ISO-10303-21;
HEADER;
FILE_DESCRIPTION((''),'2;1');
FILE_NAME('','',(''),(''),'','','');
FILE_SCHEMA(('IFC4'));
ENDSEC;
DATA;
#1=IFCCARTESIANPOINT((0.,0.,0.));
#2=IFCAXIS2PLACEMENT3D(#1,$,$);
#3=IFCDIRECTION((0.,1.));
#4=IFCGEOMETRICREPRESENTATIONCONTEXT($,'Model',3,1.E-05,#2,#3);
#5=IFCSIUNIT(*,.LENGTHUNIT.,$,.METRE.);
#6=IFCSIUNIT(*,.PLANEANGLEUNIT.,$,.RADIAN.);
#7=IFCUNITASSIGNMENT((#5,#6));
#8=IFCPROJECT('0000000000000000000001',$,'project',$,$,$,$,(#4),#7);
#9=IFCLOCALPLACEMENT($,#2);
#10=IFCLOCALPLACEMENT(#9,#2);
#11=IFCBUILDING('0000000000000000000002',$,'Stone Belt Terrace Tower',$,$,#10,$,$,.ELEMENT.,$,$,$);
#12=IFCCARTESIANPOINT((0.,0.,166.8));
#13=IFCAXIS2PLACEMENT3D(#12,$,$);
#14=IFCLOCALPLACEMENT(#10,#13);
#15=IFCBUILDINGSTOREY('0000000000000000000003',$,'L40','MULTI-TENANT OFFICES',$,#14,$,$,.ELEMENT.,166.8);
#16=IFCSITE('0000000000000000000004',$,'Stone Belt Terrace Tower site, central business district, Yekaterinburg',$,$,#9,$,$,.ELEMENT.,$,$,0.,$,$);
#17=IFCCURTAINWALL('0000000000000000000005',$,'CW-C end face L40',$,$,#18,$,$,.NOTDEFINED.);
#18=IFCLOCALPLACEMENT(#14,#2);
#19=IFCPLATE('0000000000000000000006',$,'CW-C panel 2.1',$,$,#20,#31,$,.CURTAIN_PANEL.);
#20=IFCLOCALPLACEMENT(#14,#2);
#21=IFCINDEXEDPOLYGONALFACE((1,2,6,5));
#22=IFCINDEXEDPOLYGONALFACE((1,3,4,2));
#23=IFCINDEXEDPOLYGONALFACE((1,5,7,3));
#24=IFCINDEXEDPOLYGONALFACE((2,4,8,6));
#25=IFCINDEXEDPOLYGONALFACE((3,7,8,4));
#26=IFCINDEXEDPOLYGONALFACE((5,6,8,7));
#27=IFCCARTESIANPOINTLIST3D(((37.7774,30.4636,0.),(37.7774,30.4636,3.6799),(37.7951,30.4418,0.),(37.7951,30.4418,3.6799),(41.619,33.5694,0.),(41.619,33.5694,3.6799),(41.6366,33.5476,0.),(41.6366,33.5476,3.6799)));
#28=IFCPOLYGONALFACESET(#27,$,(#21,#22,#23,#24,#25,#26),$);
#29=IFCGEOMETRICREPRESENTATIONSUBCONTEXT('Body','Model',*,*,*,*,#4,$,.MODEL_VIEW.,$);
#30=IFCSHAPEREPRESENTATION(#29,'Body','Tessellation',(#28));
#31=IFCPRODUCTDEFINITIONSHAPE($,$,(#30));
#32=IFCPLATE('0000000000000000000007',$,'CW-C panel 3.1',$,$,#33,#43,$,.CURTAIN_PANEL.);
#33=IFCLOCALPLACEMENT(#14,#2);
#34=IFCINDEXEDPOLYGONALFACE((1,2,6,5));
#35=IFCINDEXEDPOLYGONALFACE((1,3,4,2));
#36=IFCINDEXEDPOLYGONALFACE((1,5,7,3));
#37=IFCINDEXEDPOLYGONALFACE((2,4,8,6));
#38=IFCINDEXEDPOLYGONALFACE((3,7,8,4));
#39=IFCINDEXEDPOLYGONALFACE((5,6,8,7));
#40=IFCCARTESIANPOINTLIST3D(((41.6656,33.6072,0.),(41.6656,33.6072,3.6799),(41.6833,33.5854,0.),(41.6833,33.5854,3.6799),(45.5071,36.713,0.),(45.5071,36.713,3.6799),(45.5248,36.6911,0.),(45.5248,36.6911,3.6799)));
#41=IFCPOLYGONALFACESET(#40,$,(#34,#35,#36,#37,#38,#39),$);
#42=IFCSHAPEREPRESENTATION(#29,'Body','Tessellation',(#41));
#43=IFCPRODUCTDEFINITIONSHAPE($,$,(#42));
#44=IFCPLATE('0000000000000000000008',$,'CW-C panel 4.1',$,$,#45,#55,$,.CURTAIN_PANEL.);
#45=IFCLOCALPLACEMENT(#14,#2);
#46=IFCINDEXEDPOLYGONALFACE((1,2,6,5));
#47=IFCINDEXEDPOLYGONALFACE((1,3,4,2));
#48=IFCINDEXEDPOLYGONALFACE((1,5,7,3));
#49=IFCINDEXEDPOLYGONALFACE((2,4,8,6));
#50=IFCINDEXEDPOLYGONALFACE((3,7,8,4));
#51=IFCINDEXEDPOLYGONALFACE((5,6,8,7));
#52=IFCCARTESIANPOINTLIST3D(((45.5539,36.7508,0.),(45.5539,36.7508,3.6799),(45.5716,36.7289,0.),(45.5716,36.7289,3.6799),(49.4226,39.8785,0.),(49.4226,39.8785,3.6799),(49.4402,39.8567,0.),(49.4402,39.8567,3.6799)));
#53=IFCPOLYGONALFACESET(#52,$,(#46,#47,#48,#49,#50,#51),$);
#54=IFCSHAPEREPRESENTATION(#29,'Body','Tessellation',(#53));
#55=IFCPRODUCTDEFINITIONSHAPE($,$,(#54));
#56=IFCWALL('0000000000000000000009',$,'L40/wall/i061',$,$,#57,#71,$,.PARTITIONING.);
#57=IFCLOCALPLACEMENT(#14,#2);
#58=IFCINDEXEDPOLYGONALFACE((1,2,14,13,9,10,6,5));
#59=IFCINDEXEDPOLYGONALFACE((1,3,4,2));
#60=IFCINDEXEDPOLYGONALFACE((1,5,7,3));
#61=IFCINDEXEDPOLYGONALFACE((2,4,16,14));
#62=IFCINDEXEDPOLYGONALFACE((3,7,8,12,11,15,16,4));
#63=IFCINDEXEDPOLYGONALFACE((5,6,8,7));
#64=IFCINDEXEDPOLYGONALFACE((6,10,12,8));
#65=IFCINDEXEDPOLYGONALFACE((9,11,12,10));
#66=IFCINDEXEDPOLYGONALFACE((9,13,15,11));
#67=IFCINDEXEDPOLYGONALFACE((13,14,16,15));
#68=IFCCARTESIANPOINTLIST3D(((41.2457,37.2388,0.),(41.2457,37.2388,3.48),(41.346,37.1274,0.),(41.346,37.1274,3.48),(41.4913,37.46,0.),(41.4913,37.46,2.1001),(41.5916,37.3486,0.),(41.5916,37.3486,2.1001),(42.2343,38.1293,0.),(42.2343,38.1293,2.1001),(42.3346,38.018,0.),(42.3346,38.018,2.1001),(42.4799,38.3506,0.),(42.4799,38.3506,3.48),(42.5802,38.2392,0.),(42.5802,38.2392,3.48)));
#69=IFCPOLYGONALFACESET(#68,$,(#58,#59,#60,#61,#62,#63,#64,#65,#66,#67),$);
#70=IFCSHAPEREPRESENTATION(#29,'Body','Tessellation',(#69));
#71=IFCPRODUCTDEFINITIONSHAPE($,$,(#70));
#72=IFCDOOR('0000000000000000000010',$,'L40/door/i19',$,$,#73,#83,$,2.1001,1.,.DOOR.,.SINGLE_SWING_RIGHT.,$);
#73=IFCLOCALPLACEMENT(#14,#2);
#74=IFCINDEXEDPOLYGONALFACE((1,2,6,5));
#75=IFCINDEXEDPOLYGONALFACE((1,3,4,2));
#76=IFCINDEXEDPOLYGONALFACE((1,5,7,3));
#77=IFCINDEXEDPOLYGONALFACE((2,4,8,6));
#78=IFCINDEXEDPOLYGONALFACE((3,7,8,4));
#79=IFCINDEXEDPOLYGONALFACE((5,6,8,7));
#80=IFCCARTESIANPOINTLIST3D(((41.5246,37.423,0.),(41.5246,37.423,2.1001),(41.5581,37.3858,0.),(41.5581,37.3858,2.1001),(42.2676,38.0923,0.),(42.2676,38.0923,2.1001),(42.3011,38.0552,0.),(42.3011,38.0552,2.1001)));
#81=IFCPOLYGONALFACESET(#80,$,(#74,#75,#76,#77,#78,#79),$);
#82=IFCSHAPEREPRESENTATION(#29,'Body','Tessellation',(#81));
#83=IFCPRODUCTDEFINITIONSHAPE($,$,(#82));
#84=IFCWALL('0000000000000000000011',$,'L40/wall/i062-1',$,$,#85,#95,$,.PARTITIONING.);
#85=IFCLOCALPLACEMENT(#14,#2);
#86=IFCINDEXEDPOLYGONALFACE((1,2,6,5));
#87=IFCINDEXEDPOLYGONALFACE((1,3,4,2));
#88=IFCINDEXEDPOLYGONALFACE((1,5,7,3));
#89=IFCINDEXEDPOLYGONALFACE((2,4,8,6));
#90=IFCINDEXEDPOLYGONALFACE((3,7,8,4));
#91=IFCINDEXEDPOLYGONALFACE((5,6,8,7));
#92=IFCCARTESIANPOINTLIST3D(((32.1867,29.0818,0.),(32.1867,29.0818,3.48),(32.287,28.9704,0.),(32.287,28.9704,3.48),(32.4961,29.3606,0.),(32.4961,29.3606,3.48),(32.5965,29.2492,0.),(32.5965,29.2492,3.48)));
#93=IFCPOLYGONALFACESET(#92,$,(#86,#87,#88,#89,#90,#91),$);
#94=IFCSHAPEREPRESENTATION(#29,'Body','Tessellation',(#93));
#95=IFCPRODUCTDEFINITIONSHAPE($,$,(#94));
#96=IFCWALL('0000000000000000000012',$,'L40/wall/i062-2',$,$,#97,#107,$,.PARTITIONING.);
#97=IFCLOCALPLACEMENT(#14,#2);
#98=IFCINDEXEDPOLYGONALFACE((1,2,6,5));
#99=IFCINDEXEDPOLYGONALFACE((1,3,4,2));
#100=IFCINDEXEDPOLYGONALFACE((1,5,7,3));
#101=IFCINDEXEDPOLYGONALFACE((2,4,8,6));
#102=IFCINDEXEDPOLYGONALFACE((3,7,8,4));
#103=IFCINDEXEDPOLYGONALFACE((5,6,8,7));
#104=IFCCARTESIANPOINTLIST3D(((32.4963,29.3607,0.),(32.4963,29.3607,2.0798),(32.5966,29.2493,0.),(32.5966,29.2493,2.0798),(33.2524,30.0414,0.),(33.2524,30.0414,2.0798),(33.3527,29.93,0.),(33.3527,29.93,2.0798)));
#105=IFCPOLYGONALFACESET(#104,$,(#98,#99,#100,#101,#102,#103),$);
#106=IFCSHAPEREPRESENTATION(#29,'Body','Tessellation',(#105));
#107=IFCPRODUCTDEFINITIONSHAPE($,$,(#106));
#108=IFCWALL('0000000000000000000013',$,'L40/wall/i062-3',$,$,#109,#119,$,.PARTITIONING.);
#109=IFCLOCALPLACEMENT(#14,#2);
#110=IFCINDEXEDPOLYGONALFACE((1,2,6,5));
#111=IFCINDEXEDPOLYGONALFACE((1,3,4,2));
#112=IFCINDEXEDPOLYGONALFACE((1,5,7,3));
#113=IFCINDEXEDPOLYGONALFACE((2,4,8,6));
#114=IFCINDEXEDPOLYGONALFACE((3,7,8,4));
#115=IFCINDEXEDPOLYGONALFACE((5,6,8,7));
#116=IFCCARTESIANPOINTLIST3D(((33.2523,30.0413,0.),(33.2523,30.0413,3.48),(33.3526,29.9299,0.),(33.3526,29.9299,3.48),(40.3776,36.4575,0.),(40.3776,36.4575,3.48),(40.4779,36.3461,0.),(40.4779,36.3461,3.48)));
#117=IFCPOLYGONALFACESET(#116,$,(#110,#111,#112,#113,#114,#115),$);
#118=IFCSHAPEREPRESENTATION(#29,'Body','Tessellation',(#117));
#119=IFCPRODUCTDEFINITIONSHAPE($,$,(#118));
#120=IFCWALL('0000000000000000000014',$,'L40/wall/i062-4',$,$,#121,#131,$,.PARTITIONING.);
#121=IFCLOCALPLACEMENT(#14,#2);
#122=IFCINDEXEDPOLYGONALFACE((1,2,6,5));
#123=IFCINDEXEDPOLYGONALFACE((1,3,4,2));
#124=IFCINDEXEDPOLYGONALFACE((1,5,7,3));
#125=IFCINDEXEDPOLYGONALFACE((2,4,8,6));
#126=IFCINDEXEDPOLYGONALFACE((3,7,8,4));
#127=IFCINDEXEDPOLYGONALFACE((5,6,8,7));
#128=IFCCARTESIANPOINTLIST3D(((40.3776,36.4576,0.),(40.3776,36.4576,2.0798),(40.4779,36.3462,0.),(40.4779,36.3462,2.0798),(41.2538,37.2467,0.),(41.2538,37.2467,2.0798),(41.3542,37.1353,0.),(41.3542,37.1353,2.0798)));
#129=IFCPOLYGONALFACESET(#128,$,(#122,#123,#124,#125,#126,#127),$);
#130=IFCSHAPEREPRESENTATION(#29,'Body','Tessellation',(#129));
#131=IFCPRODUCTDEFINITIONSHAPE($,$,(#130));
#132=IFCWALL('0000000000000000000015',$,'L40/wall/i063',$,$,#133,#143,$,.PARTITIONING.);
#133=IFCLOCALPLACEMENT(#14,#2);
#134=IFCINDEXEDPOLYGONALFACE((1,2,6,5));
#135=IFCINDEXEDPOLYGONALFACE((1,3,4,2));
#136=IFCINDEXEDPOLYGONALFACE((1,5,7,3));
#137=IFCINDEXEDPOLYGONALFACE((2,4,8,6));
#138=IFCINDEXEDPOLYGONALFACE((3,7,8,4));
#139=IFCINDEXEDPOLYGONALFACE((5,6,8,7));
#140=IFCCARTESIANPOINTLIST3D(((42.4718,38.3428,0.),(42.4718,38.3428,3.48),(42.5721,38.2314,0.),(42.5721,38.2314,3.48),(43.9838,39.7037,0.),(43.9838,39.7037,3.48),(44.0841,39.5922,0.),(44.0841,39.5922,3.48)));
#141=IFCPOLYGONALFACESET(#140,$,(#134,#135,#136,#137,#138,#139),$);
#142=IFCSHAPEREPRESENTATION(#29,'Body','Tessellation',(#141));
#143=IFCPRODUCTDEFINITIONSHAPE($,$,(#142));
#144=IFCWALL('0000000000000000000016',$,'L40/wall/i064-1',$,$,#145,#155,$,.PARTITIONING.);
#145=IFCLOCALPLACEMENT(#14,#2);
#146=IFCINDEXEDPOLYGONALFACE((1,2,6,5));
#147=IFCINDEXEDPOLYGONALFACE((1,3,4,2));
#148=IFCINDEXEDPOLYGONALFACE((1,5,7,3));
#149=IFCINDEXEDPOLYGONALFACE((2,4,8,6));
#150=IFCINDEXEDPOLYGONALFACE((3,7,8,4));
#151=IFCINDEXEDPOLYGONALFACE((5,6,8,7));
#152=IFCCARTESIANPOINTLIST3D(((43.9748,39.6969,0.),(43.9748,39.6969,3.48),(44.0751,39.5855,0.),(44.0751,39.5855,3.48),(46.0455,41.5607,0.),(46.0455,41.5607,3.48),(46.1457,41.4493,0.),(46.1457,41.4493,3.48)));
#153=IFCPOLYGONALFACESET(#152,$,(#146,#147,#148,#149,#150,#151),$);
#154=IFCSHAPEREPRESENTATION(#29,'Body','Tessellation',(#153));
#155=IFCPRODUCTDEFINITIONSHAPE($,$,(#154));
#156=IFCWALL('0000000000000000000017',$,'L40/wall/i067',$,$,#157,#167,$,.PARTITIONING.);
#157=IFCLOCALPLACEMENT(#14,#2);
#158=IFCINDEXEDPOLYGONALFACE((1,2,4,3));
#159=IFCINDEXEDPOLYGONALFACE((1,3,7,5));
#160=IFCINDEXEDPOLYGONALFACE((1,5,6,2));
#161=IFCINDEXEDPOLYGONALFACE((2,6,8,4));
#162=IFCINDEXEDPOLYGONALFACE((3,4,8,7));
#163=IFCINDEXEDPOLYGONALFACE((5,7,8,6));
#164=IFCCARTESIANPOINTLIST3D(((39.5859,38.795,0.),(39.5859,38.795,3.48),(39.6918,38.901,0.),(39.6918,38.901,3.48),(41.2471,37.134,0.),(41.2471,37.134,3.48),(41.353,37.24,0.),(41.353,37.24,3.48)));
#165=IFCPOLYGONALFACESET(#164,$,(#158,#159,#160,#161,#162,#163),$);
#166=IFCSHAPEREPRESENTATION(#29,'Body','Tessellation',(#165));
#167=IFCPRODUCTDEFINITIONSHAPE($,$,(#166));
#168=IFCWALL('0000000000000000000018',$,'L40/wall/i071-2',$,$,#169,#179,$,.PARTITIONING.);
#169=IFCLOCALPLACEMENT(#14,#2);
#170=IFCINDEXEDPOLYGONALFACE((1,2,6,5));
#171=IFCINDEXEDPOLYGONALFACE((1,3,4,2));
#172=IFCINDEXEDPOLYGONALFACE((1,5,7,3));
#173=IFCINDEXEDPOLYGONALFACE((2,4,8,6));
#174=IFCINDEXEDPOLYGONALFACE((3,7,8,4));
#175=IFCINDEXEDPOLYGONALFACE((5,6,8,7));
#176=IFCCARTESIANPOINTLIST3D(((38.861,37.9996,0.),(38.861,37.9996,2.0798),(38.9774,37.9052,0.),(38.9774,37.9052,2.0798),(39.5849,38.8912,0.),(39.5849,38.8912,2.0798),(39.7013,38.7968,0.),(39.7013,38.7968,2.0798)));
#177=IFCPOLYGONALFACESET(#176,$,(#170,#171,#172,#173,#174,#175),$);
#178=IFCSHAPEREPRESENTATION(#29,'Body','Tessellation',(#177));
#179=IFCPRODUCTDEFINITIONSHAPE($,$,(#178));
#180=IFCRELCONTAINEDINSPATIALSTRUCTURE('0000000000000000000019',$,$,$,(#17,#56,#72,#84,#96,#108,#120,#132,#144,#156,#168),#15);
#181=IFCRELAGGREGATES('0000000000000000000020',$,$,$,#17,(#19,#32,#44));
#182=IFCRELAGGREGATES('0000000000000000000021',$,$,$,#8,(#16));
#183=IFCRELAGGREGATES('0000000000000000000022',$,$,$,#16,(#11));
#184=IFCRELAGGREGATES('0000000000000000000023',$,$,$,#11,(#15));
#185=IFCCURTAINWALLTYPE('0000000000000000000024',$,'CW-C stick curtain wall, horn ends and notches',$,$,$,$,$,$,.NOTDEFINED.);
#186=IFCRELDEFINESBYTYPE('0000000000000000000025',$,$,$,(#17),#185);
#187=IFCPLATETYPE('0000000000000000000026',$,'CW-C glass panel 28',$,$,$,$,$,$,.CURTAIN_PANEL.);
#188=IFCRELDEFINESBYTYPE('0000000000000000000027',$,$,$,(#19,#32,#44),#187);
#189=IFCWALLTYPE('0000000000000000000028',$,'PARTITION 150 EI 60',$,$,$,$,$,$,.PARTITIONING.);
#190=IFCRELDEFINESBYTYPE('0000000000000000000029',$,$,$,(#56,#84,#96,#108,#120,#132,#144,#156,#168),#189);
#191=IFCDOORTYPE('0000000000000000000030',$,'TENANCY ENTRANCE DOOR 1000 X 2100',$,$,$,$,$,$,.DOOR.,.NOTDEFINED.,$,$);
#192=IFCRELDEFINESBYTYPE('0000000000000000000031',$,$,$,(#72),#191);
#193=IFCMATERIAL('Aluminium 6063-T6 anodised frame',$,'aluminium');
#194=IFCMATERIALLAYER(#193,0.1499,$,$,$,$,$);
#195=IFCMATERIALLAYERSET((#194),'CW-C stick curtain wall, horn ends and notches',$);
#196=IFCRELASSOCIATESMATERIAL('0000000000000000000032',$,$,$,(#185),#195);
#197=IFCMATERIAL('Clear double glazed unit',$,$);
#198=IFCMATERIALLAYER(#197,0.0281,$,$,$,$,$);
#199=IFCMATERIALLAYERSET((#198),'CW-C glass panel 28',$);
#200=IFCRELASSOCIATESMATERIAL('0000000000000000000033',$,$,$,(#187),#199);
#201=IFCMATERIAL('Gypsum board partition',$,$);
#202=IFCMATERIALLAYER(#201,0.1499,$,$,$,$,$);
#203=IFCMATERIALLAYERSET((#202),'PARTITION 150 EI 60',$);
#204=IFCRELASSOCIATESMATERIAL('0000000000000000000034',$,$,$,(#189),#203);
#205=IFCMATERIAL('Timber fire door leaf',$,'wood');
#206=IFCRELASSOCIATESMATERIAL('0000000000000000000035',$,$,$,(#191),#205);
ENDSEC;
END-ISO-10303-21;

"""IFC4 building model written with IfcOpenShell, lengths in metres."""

from ifc_helpers import new_model, si_unit, direction, frame, frame_2d, origin, origin_2d, place, context, subcontext, project, spatial, rectangle, extrude, material, layer, layer_set, type_object, element, fill, aggregate, save


model = new_model("IFC4")

# Units and contexts
model_context = context("Model", 3, precision=1e-05, world=origin(), true_north=direction((0.0, 1.0)))
body_context = subcontext(model_context, "Body", "Model", "MODEL_VIEW")
ifc_project = project(units=[si_unit("LENGTHUNIT", "METRE"), si_unit("PLANEANGLEUNIT", "RADIAN")], contexts=[model_context])

# Site, building, storey
site_placement = place(None, origin())
site = spatial("IfcSite", under=ifc_project, at=site_placement, Name="Stone Belt Terrace Tower site, central business district, Yekaterinburg", CompositionType="ELEMENT", RefElevation=0.0)
building_placement = place(site_placement, origin())
building = spatial("IfcBuilding", under=site, at=building_placement, Name="Stone Belt Terrace Tower", CompositionType="ELEMENT")
storey_placement = place(building_placement, frame((0.0, 0.0, 166.8)))
storey = spatial("IfcBuildingStorey", under=building, at=storey_placement, Name="L40", Description="MULTI-TENANT OFFICES", CompositionType="ELEMENT", Elevation=166.8)

# Curtain wall
ifc_material_1 = material(Name="Aluminium 6063-T6 anodised frame", Category="aluminium")
ifc_layer_1 = layer(ifc_material_1, 0.1499)
ifc_layer_set_1 = layer_set([ifc_layer_1], Name="CW-C stick curtain wall, horn ends and notches")
curtain_wall_type = type_object("IfcCurtainWallType", Name="CW-C stick curtain wall, horn ends and notches", PredefinedType="NOTDEFINED", material=ifc_layer_set_1)
curtain_wall_placement = place(storey_placement, origin())
curtain_wall = element("IfcCurtainWall", 1, at=curtain_wall_placement, inside=storey, type_object=curtain_wall_type, Name="CW-C end face L40", PredefinedType="NOTDEFINED")

# Plates
ifc_material_2 = material(Name="Clear double glazed unit")
ifc_layer_2 = layer(ifc_material_2, 0.0281)
ifc_layer_set_2 = layer_set([ifc_layer_2], Name="CW-C glass panel 28")
plate_type = type_object("IfcPlateType", Name="CW-C glass panel 28", PredefinedType="CURTAIN_PANEL", material=ifc_layer_set_2)
plate_1_placement = place(storey_placement, frame((39.707, 32.0056, 0.0), z_axis=(0.0, 0.0, 1.0), x_axis=(0.777644, 0.628705, 0.0)))
plate_1 = element("IfcPlate", 2, at=plate_1_placement, type_object=plate_type, Name="CW-C panel 2.1", PredefinedType="CURTAIN_PANEL", context=body_context, shape_type="SweptSolid", body=[
    extrude(rectangle(XDim=4.9399, YDim=0.0281, at=origin_2d()), origin(), (0.0, 0.0, 1.0), 3.6799),
])
plate_2_placement = place(storey_placement, frame((43.5952, 35.1492, 0.0), z_axis=(0.0, 0.0, 1.0), x_axis=(0.777644, 0.628705, 0.0)))
plate_2 = element("IfcPlate", 3, at=plate_2_placement, type_object=plate_type, Name="CW-C panel 3.1", PredefinedType="CURTAIN_PANEL", context=body_context, shape_type="SweptSolid", body=[
    extrude(rectangle(XDim=4.9399, YDim=0.0281, at=origin_2d()), origin(), (0.0, 0.0, 1.0), 3.6799),
])
plate_3_placement = place(storey_placement, frame((47.4971, 38.3037, 0.0), z_axis=(0.0, 0.0, 1.0), x_axis=(0.777644, 0.628705, 0.0)))
plate_3 = element("IfcPlate", 4, at=plate_3_placement, type_object=plate_type, Name="CW-C panel 4.1", PredefinedType="CURTAIN_PANEL", context=body_context, shape_type="SweptSolid", body=[
    extrude(rectangle(XDim=4.9749, YDim=0.0281, at=origin_2d()), origin(), (0.0, 0.0, 1.0), 3.6799),
])
aggregate(curtain_wall, [plate_1, plate_2, plate_3])

# Wall, opening, door
ifc_material_3 = material(Name="Gypsum board partition")
ifc_layer_3 = layer(ifc_material_3, 0.1499)
ifc_layer_set_3 = layer_set([ifc_layer_3], Name="PARTITION 150 EI 60")
wall_type_1 = type_object("IfcWallType", Name="PARTITION 150 EI 60", PredefinedType="PARTITIONING", material=ifc_layer_set_3)
wall_1_placement = place(storey_placement, frame((42.53, 38.2949, 0.0), z_axis=(0.0, 0.0, 1.0), x_axis=(-0.742965, -0.66933, 0.0)))
wall_1 = element("IfcWall", 5, at=wall_1_placement, inside=storey, type_object=wall_type_1, Name="L40/wall/i061", PredefinedType="PARTITIONING", context=body_context, shape_type="SweptSolid", body=[
    extrude(rectangle(XDim=1.6611, YDim=0.1499, at=frame_2d((0.8306, 0.0))), origin(), (0.0, 0.0, 1.0), 3.48),
])
opening_1_placement = place(wall_1_placement, frame((0.3306, 0.0, 0.0)))
opening_1 = element("IfcOpeningElement", 6, at=opening_1_placement, cuts=wall_1, PredefinedType="OPENING", context=body_context, shape_type="SweptSolid", body=[
    extrude(rectangle(XDim=1.0, YDim=2.1001, at=frame_2d((0.5, 1.05))), frame((0.0, 0.085, 0.0), z_axis=(0.0, -1.0, 0.0), x_axis=(1.0, 0.0, 0.0)), (0.0, 0.0, 1.0), 0.1699),
])
ifc_material_4 = material(Name="Timber fire door leaf", Category="wood")
door_type_1 = type_object("IfcDoorType", Name="TENANCY ENTRANCE DOOR 1000 X 2100", OperationType="NOTDEFINED", PredefinedType="DOOR", material=ifc_material_4)
door_1_placement = place(opening_1_placement, origin())
door_1 = element("IfcDoor", 7, at=door_1_placement, inside=storey, type_object=door_type_1, Name="L40/door/i19", OperationType="SINGLE_SWING_RIGHT", OverallHeight=2.1001, OverallWidth=1.0, PredefinedType="DOOR", context=body_context, shape_type="SweptSolid", body=[
    extrude(rectangle(XDim=1.0, YDim=2.1001, at=frame_2d((0.5, 1.05))), frame((0.0, 0.0249, 0.0), z_axis=(0.0, -1.0, 0.0), x_axis=(1.0, 0.0, 0.0)), (0.0, 0.0, 1.0), 0.05),
])
fill(opening_1, door_1)

# Walls
wall_2_placement = place(storey_placement, frame((32.2368, 29.0261, 0.0), z_axis=(0.0, 0.0, 1.0), x_axis=(0.743061, 0.669224, 0.0)))
element("IfcWall", 8, at=wall_2_placement, inside=storey, type_object=wall_type_1, Name="L40/wall/i062-1", PredefinedType="PARTITIONING", context=body_context, shape_type="SweptSolid", body=[
    extrude(rectangle(XDim=0.4165, YDim=0.1499, at=frame_2d((0.2083, 0.0))), origin(), (0.0, 0.0, 1.0), 3.48),
])
wall_3_placement = place(storey_placement, frame((32.5464, 29.3049, 0.0), z_axis=(0.0, 0.0, 1.0), x_axis=(0.743211, 0.669058, 0.0)))
element("IfcWall", 9, at=wall_3_placement, inside=storey, type_object=wall_type_1, Name="L40/wall/i062-2", PredefinedType="PARTITIONING", context=body_context, shape_type="SweptSolid", body=[
    extrude(rectangle(XDim=1.0173, YDim=0.1499, at=frame_2d((0.5088, 0.0))), origin(), (0.0, 0.0, 1.0), 2.0798),
])
wall_4_placement = place(storey_placement, frame((33.3025, 29.9856, 0.0), z_axis=(0.0, 0.0, 1.0), x_axis=(0.743111, 0.669169, 0.0)))
element("IfcWall", 10, at=wall_4_placement, inside=storey, type_object=wall_type_1, Name="L40/wall/i062-3", PredefinedType="PARTITIONING", context=body_context, shape_type="SweptSolid", body=[
    extrude(rectangle(XDim=9.5884, YDim=0.1499, at=frame_2d((4.7942, 0.0))), origin(), (0.0, 0.0, 1.0), 3.48),
])
wall_5_placement = place(storey_placement, frame((40.4277, 36.4019, 0.0), z_axis=(0.0, 0.0, 1.0), x_axis=(0.743099, 0.669182, 0.0)))
element("IfcWall", 11, at=wall_5_placement, inside=storey, type_object=wall_type_1, Name="L40/wall/i062-4", PredefinedType="PARTITIONING", context=body_context, shape_type="SweptSolid", body=[
    extrude(rectangle(XDim=1.1792, YDim=0.1499, at=frame_2d((0.5896, 0.0))), origin(), (0.0, 0.0, 1.0), 2.0798),
])
wall_6_placement = place(storey_placement, frame((42.522, 38.2871, 0.0), z_axis=(0.0, 0.0, 1.0), x_axis=(0.743276, 0.668985, 0.0)))
element("IfcWall", 12, at=wall_6_placement, inside=storey, type_object=wall_type_1, Name="L40/wall/i063", PredefinedType="PARTITIONING", context=body_context, shape_type="SweptSolid", body=[
    extrude(rectangle(XDim=2.0342, YDim=0.1499, at=frame_2d((1.0171, 0.0))), origin(), (0.0, 0.0, 1.0), 3.48),
])
wall_7_placement = place(storey_placement, frame((44.0249, 39.6411, 0.0), z_axis=(0.0, 0.0, 1.0), x_axis=(0.743246, 0.669018, 0.0)))
element("IfcWall", 13, at=wall_7_placement, inside=storey, type_object=wall_type_1, Name="L40/wall/i064-1", PredefinedType="PARTITIONING", context=body_context, shape_type="SweptSolid", body=[
    extrude(rectangle(XDim=2.7859, YDim=0.1499, at=frame_2d((1.3931, 0.0))), origin(), (0.0, 0.0, 1.0), 3.48),
])
wall_8_placement = place(storey_placement, frame((41.3, 37.187, 0.0), z_axis=(0.0, 0.0, 1.0), x_axis=(-0.707159, 0.707055, 0.0)))
element("IfcWall", 14, at=wall_8_placement, inside=storey, type_object=wall_type_1, Name="L40/wall/i067", PredefinedType="PARTITIONING", context=body_context, shape_type="SweptSolid", body=[
    extrude(rectangle(XDim=2.3491, YDim=0.1499, at=frame_2d((1.1746, 0.0))), origin(), (0.0, 0.0, 1.0), 3.48),
])
wall_9_placement = place(storey_placement, frame((39.6431, 38.844, 0.0), z_axis=(0.0, 0.0, 1.0), x_axis=(-0.630304, -0.776348, 0.0)))
element("IfcWall", 15, at=wall_9_placement, inside=storey, type_object=wall_type_1, Name="L40/wall/i071-2", PredefinedType="PARTITIONING", context=body_context, shape_type="SweptSolid", body=[
    extrude(rectangle(XDim=1.1484, YDim=0.1499, at=frame_2d((0.5742, 0.0))), origin(), (0.0, 0.0, 1.0), 2.0798),
])

save(model, "model.ifc")
